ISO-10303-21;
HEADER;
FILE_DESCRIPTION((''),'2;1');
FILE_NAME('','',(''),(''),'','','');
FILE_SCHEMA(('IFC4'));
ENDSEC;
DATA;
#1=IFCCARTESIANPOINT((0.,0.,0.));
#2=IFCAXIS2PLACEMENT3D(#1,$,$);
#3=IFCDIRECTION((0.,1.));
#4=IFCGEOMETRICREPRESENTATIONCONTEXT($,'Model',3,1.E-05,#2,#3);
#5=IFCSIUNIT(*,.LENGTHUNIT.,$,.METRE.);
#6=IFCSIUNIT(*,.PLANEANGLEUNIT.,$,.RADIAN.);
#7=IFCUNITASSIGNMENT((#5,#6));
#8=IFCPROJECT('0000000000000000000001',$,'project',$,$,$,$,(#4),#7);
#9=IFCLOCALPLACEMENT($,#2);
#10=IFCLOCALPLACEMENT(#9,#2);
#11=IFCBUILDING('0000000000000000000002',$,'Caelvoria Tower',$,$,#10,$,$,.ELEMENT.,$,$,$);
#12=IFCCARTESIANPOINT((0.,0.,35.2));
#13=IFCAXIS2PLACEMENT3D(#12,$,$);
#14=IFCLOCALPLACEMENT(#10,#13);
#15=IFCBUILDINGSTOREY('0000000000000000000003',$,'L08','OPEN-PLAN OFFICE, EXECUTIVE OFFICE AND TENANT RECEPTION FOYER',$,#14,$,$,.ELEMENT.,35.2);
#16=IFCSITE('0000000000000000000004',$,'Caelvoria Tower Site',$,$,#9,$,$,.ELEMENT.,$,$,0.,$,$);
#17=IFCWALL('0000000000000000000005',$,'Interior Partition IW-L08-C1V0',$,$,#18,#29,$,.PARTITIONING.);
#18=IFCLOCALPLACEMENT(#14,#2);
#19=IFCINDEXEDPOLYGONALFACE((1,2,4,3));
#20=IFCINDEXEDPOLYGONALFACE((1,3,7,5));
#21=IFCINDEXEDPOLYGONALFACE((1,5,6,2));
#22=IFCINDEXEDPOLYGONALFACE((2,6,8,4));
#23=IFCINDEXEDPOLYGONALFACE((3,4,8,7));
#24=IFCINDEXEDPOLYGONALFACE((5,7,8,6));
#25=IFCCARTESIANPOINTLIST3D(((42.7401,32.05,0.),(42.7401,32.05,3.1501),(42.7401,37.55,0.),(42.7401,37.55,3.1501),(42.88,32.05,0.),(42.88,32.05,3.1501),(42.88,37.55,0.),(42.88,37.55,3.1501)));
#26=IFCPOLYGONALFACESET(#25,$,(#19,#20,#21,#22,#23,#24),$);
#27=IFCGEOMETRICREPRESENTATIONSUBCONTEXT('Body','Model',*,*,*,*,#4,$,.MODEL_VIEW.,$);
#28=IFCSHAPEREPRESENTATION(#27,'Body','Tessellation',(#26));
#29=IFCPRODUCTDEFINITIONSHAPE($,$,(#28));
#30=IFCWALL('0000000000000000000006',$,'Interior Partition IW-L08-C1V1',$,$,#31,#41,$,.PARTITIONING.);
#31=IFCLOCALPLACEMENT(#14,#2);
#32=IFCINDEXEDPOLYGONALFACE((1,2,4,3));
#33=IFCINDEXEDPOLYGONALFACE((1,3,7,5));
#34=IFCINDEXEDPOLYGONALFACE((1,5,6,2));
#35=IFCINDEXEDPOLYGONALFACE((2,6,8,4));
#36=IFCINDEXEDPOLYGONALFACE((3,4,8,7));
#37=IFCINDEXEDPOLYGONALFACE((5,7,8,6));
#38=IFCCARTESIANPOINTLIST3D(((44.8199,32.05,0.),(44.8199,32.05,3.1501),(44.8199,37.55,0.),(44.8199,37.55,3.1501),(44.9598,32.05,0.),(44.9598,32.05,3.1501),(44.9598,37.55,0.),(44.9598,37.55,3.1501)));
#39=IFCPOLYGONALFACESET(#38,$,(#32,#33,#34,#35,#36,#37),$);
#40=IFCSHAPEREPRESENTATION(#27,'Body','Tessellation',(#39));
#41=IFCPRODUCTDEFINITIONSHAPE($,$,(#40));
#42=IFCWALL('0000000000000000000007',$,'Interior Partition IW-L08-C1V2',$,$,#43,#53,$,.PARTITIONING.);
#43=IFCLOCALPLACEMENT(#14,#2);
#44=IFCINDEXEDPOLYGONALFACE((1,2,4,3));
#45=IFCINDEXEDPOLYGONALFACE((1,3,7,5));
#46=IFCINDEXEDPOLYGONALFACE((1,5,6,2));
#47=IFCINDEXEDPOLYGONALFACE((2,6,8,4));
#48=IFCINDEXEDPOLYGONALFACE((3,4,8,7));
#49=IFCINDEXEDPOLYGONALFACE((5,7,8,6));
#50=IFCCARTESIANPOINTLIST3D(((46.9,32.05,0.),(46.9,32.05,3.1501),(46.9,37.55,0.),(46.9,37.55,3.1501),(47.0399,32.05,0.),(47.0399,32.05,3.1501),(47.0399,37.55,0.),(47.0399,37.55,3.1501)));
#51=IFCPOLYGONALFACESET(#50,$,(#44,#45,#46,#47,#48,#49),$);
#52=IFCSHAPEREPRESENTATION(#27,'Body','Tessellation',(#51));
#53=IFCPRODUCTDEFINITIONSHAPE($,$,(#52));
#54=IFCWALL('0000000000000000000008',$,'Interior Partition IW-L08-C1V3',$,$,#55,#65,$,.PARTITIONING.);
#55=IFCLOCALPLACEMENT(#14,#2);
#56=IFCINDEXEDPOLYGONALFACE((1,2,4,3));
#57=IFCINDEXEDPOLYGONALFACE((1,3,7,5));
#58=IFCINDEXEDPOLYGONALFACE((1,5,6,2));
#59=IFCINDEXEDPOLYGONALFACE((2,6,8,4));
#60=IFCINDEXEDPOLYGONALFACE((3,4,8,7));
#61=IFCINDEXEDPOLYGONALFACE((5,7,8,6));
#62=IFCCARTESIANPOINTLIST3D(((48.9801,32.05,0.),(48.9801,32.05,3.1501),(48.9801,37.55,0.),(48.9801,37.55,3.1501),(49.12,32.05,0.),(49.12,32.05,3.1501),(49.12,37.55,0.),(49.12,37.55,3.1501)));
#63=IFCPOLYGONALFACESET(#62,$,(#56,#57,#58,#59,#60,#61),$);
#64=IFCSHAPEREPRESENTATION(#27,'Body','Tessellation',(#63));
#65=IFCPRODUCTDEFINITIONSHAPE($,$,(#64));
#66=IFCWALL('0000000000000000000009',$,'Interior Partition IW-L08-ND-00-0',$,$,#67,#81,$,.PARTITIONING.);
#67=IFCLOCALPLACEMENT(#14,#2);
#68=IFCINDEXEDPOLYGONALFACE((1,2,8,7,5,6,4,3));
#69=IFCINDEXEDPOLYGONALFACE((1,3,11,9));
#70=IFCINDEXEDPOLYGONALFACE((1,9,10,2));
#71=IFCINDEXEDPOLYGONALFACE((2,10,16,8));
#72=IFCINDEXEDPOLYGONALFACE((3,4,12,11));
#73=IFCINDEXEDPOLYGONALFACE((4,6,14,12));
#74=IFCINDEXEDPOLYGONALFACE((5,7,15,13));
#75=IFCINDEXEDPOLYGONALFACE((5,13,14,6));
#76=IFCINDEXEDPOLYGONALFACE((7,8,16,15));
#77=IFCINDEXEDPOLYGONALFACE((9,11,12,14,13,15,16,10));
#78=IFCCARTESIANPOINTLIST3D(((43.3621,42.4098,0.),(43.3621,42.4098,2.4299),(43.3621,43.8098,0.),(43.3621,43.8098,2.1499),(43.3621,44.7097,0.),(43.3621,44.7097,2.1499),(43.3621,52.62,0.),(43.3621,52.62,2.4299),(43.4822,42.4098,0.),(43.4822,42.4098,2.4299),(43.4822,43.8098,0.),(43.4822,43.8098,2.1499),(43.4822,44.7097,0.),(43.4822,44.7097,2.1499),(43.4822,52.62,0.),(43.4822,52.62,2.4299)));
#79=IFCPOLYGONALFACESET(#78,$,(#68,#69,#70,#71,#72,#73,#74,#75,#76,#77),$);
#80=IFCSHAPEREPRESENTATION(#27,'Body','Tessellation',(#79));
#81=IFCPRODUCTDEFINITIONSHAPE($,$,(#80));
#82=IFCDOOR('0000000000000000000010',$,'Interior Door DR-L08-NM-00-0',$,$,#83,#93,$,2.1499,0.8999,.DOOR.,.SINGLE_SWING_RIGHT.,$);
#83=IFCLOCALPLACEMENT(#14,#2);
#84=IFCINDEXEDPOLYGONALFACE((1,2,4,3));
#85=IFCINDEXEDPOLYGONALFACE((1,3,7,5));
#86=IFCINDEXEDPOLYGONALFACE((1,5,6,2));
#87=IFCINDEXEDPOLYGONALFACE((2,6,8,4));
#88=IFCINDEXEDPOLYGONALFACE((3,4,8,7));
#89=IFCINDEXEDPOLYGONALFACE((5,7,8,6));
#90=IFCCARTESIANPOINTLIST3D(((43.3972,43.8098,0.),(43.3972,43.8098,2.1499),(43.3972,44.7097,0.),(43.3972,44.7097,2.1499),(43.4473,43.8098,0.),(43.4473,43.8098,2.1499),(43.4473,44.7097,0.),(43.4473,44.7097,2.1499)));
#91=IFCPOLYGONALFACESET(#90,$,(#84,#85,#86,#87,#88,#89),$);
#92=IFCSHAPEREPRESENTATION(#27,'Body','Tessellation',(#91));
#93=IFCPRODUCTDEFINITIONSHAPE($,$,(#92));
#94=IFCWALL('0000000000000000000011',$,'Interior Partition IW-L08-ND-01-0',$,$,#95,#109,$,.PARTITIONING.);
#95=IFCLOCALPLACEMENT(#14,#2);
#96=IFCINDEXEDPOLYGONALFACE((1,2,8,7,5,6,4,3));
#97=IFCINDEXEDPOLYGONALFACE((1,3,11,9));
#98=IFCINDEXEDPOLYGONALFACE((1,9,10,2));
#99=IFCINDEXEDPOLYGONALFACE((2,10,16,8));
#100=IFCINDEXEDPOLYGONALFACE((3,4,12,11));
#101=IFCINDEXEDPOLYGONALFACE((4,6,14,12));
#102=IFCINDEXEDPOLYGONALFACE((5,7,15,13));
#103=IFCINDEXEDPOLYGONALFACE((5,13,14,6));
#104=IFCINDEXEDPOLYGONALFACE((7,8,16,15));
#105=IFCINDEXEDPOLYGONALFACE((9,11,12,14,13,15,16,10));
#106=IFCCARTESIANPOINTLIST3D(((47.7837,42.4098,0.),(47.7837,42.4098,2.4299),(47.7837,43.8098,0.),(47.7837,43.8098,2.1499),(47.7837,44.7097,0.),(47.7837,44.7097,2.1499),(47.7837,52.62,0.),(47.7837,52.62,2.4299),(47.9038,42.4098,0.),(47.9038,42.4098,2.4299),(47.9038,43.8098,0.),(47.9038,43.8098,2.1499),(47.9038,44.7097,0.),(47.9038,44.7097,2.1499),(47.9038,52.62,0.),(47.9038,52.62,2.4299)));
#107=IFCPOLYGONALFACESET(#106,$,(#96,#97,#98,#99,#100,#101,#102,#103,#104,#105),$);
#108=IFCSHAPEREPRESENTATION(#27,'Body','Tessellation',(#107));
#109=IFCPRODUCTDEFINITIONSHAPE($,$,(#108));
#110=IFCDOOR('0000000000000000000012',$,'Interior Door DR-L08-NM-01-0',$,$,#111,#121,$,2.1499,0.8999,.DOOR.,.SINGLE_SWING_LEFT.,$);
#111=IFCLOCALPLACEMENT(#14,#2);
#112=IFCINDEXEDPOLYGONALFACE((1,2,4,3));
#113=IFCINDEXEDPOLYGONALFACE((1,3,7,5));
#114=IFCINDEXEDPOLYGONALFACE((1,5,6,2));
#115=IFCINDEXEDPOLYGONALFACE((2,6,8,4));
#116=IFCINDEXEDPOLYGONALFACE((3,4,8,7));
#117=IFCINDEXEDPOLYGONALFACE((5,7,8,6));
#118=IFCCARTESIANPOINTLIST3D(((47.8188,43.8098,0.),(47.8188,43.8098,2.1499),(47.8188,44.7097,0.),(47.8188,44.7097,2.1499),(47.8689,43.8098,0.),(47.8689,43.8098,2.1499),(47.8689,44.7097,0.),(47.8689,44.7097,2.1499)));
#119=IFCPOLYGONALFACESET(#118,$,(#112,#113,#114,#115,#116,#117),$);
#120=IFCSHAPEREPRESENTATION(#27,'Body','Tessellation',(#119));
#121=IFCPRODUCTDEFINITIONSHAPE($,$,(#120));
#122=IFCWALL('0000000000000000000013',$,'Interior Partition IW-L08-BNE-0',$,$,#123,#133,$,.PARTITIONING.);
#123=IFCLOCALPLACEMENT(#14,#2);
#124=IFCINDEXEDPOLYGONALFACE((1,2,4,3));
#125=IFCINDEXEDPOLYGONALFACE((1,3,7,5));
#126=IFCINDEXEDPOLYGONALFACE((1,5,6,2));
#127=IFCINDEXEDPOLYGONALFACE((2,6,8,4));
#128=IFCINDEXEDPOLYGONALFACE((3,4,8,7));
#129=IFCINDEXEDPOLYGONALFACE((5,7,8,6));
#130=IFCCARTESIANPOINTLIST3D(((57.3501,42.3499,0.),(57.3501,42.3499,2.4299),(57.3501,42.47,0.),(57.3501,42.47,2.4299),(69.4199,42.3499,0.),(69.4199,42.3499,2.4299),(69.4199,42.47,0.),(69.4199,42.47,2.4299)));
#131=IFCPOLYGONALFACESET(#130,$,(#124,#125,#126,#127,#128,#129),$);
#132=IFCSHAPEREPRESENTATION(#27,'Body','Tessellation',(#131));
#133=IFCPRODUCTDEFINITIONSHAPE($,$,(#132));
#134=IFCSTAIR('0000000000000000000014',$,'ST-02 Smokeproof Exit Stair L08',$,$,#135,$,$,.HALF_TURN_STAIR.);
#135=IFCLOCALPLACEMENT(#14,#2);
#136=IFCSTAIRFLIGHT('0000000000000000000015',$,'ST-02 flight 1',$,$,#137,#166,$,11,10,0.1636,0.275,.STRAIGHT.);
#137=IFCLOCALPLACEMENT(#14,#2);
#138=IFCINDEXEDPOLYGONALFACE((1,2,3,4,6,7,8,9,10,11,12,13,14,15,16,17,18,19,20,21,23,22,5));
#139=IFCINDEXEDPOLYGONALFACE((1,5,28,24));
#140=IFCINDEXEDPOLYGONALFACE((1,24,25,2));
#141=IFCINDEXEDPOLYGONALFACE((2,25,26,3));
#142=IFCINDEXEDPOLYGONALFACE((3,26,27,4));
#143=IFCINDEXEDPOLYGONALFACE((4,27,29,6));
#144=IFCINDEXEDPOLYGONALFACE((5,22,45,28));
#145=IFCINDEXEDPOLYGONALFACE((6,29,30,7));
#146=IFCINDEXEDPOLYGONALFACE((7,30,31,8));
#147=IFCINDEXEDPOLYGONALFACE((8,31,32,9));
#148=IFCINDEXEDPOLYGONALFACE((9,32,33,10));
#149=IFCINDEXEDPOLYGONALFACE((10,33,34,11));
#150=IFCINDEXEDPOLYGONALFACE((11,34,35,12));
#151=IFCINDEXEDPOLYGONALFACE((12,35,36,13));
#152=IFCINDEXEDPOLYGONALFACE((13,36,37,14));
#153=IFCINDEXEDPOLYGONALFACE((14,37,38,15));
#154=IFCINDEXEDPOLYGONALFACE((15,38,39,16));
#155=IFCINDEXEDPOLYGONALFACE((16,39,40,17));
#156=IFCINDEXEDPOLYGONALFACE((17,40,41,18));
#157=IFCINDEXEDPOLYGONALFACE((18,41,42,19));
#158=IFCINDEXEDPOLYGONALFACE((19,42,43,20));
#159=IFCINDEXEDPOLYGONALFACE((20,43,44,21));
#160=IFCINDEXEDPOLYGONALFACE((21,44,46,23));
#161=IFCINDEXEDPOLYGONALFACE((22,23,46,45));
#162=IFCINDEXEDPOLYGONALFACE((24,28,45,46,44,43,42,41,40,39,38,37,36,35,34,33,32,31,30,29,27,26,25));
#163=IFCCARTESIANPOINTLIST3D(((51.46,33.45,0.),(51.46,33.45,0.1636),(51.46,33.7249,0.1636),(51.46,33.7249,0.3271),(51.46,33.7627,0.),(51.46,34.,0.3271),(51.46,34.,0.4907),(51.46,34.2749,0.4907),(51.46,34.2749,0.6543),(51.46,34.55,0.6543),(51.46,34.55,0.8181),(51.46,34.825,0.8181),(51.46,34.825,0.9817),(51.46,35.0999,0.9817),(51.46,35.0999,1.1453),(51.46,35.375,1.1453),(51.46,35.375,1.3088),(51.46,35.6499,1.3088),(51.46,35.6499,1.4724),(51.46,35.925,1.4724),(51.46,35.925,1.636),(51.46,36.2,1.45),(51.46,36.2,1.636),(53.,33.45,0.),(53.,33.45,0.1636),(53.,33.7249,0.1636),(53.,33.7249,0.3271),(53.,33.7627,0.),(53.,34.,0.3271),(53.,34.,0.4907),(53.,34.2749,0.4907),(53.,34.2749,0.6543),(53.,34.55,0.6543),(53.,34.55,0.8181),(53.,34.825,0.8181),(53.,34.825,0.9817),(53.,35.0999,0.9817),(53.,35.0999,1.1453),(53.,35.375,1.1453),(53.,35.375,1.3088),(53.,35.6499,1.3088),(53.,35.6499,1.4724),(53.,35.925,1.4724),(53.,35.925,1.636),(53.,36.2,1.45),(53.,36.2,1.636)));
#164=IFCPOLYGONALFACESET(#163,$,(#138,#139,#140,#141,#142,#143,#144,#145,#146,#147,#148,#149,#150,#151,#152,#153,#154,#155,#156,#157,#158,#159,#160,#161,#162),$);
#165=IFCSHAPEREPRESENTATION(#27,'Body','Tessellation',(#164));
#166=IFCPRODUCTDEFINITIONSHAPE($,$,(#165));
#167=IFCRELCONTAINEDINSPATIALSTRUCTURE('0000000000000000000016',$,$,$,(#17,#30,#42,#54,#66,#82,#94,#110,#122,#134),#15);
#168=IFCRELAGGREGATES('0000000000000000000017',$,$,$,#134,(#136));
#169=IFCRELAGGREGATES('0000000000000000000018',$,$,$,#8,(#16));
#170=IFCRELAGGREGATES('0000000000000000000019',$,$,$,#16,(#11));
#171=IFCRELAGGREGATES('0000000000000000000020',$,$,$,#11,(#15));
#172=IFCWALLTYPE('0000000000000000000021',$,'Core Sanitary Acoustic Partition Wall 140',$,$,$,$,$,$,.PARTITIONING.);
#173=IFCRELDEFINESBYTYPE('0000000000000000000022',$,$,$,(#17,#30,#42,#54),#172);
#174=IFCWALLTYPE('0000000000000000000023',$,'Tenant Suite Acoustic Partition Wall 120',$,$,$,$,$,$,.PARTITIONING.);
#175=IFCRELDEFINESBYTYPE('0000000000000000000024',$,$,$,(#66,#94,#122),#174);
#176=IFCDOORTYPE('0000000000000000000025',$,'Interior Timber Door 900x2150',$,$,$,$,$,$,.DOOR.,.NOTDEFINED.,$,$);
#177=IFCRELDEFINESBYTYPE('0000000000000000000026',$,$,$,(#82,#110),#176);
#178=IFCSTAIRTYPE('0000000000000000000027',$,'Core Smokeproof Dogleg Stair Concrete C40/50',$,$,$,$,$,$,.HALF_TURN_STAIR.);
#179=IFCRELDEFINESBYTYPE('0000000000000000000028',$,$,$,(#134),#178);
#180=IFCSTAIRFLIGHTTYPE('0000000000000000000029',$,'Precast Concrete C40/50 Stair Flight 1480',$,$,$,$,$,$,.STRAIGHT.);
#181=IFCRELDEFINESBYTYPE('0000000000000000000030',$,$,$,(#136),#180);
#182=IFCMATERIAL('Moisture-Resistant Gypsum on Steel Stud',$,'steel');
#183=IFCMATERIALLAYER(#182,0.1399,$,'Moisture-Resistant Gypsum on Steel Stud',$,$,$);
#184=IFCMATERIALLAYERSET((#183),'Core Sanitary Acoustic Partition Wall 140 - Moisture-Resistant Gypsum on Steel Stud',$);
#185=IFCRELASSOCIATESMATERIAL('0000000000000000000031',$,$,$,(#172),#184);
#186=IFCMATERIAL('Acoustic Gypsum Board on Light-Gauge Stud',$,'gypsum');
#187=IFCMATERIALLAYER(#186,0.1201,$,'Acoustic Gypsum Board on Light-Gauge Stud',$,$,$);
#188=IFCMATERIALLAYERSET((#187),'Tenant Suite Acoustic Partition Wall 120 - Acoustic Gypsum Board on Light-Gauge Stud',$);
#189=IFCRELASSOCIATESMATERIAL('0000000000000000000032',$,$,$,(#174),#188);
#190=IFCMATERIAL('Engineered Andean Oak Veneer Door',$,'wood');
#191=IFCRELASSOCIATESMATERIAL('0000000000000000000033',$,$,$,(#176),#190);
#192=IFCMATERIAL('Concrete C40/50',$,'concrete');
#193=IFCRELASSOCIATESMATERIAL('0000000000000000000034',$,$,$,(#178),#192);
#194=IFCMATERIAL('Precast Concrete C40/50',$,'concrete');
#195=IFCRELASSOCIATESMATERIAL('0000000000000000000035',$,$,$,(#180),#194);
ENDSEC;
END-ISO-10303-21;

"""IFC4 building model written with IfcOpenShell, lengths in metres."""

from ifc_helpers import new_model, si_unit, direction, frame, frame_2d, origin, place, context, subcontext, project, spatial, polyline, rectangle, outline, extrude, material, layer, layer_set, type_object, element, fill, aggregate, save


model = new_model("IFC4")

# Units and contexts
model_context = context("Model", 3, precision=1e-05, world=origin(), true_north=direction((0.0, 1.0)))
body_context = subcontext(model_context, "Body", "Model", "MODEL_VIEW")
ifc_project = project(units=[si_unit("LENGTHUNIT", "METRE"), si_unit("PLANEANGLEUNIT", "RADIAN")], contexts=[model_context])

# Site, building, storey
site_placement = place(None, origin())
site = spatial("IfcSite", under=ifc_project, at=site_placement, Name="Caelvoria Tower Site", CompositionType="ELEMENT", RefElevation=0.0)
building_placement = place(site_placement, origin())
building = spatial("IfcBuilding", under=site, at=building_placement, Name="Caelvoria Tower", CompositionType="ELEMENT")
storey_placement = place(building_placement, frame((0.0, 0.0, 35.2)))
storey = spatial("IfcBuildingStorey", under=building, at=storey_placement, Name="L08", Description="OPEN-PLAN OFFICE, EXECUTIVE OFFICE AND TENANT RECEPTION FOYER", CompositionType="ELEMENT", Elevation=35.2)

# Walls
ifc_material_1 = material(Name="Moisture-Resistant Gypsum on Steel Stud", Category="steel")
ifc_layer_1 = layer(ifc_material_1, 0.1399, Name="Moisture-Resistant Gypsum on Steel Stud")
ifc_layer_set_1 = layer_set([ifc_layer_1], Name="Core Sanitary Acoustic Partition Wall 140 - Moisture-Resistant Gypsum on Steel Stud")
wall_type_1 = type_object("IfcWallType", Name="Core Sanitary Acoustic Partition Wall 140", PredefinedType="PARTITIONING", material=ifc_layer_set_1)
for number, where, z_axis, x_axis, name in (
    (1, (42.8101, 32.05, 0.0), (0.0, 0.0, 1.0), (0.0, 1.0, 0.0), "Interior Partition IW-L08-C1V0"),
    (2, (44.8899, 32.05, 0.0), (0.0, 0.0, 1.0), (0.0, 1.0, 0.0), "Interior Partition IW-L08-C1V1"),
    (3, (46.97, 32.05, 0.0), (0.0, 0.0, 1.0), (0.0, 1.0, 0.0), "Interior Partition IW-L08-C1V2"),
    (4, (49.05, 32.05, 0.0), (0.0, 0.0, 1.0), (0.0, 1.0, 0.0), "Interior Partition IW-L08-C1V3"),
):
    element("IfcWall", number, at=place(storey_placement, frame(where, z_axis=z_axis, x_axis=x_axis)), inside=storey, type_object=wall_type_1, Name=name, PredefinedType="PARTITIONING", context=body_context, shape_type="SweptSolid", body=[
        extrude(rectangle(XDim=5.5, YDim=0.1399, at=frame_2d((2.75, 0.0))), origin(), (0.0, 0.0, 1.0), 3.1501),
    ])

# Walls, openings, doors
ifc_material_2 = material(Name="Acoustic Gypsum Board on Light-Gauge Stud", Category="gypsum")
ifc_layer_2 = layer(ifc_material_2, 0.1201, Name="Acoustic Gypsum Board on Light-Gauge Stud")
ifc_layer_set_2 = layer_set([ifc_layer_2], Name="Tenant Suite Acoustic Partition Wall 120 - Acoustic Gypsum Board on Light-Gauge Stud")
wall_type_2 = type_object("IfcWallType", Name="Tenant Suite Acoustic Partition Wall 120", PredefinedType="PARTITIONING", material=ifc_layer_set_2)
wall_1_placement = place(storey_placement, frame((43.4221, 42.4099, 0.0), z_axis=(0.0, 0.0, 1.0), x_axis=(0.0, 1.0, 0.0)))
wall_1 = element("IfcWall", 5, at=wall_1_placement, inside=storey, type_object=wall_type_2, Name="Interior Partition IW-L08-ND-00-0", PredefinedType="PARTITIONING", context=body_context, shape_type="SweptSolid", body=[
    extrude(rectangle(XDim=10.2102, YDim=0.1201, at=frame_2d((5.105, 0.0))), origin(), (0.0, 0.0, 1.0), 2.4299),
])
opening_1_placement = place(wall_1_placement, frame((1.3999, 0.0, 0.0)))
opening_1 = element("IfcOpeningElement", 6, at=opening_1_placement, cuts=wall_1, PredefinedType="OPENING", context=body_context, shape_type="SweptSolid", body=[
    extrude(rectangle(XDim=0.8999, YDim=2.1499, at=frame_2d((0.45, 1.075))), frame((0.0, 0.0701, 0.0), z_axis=(0.0, -1.0, 0.0), x_axis=(1.0, 0.0, 0.0)), (0.0, 0.0, 1.0), 0.1401),
])
ifc_material_3 = material(Name="Engineered Andean Oak Veneer Door", Category="wood")
door_type = type_object("IfcDoorType", Name="Interior Timber Door 900x2150", OperationType="NOTDEFINED", PredefinedType="DOOR", material=ifc_material_3)
door_1_placement = place(opening_1_placement, origin())
door_1 = element("IfcDoor", 7, at=door_1_placement, inside=storey, type_object=door_type, Name="Interior Door DR-L08-NM-00-0", OperationType="SINGLE_SWING_RIGHT", OverallHeight=2.1499, OverallWidth=0.8999, PredefinedType="DOOR", context=body_context, shape_type="SweptSolid", body=[
    extrude(rectangle(XDim=0.8999, YDim=2.1499, at=frame_2d((0.45, 1.075))), frame((0.0, 0.0249, 0.0), z_axis=(0.0, -1.0, 0.0), x_axis=(1.0, 0.0, 0.0)), (0.0, 0.0, 1.0), 0.05),
])
fill(opening_1, door_1)
wall_2_placement = place(storey_placement, frame((47.8438, 42.4099, 0.0), z_axis=(0.0, 0.0, 1.0), x_axis=(0.0, 1.0, 0.0)))
wall_2 = element("IfcWall", 8, at=wall_2_placement, inside=storey, type_object=wall_type_2, Name="Interior Partition IW-L08-ND-01-0", PredefinedType="PARTITIONING", context=body_context, shape_type="SweptSolid", body=[
    extrude(rectangle(XDim=10.2102, YDim=0.1201, at=frame_2d((5.105, 0.0))), origin(), (0.0, 0.0, 1.0), 2.4299),
])
opening_2_placement = place(wall_2_placement, frame((1.3999, 0.0, 0.0)))
opening_2 = element("IfcOpeningElement", 9, at=opening_2_placement, cuts=wall_2, PredefinedType="OPENING", context=body_context, shape_type="SweptSolid", body=[
    extrude(rectangle(XDim=0.8999, YDim=2.1499, at=frame_2d((0.45, 1.075))), frame((0.0, 0.0701, 0.0), z_axis=(0.0, -1.0, 0.0), x_axis=(1.0, 0.0, 0.0)), (0.0, 0.0, 1.0), 0.1401),
])
door_2_placement = place(opening_2_placement, origin())
door_2 = element("IfcDoor", 10, at=door_2_placement, inside=storey, type_object=door_type, Name="Interior Door DR-L08-NM-01-0", OperationType="SINGLE_SWING_LEFT", OverallHeight=2.1499, OverallWidth=0.8999, PredefinedType="DOOR", context=body_context, shape_type="SweptSolid", body=[
    extrude(rectangle(XDim=0.8999, YDim=2.1499, at=frame_2d((0.45, 1.075))), frame((0.0, 0.0249, 0.0), z_axis=(0.0, -1.0, 0.0), x_axis=(1.0, 0.0, 0.0)), (0.0, 0.0, 1.0), 0.05),
])
fill(opening_2, door_2)

# Wall
wall_3_placement = place(storey_placement, frame((57.3501, 42.4099, 0.0), z_axis=(0.0, 0.0, 1.0), x_axis=(1.0, 0.0, 0.0)))
element("IfcWall", 11, at=wall_3_placement, inside=storey, type_object=wall_type_2, Name="Interior Partition IW-L08-BNE-0", PredefinedType="PARTITIONING", context=body_context, shape_type="SweptSolid", body=[
    extrude(rectangle(XDim=12.0698, YDim=0.1201, at=frame_2d((6.0349, 0.0))), origin(), (0.0, 0.0, 1.0), 2.4299),
])

# Stair, stair flight
ifc_material_4 = material(Name="Concrete C40/50", Category="concrete")
stair_type = type_object("IfcStairType", Name="Core Smokeproof Dogleg Stair Concrete C40/50", PredefinedType="HALF_TURN_STAIR", material=ifc_material_4)
stair_placement = place(storey_placement, origin())
stair = element("IfcStair", 12, at=stair_placement, inside=storey, type_object=stair_type, Name="ST-02 Smokeproof Exit Stair L08", PredefinedType="HALF_TURN_STAIR")
ifc_material_5 = material(Name="Precast Concrete C40/50", Category="concrete")
stair_flight_type = type_object("IfcStairFlightType", Name="Precast Concrete C40/50 Stair Flight 1480", PredefinedType="STRAIGHT", material=ifc_material_5)
stair_flight_1_placement = place(storey_placement, frame((52.23, 33.45, 0.0), z_axis=(0.0, 0.0, 1.0), x_axis=(0.0, 1.0, 0.0)))
stair_flight_1 = element("IfcStairFlight", 13, at=stair_flight_1_placement, type_object=stair_flight_type, Name="ST-02 flight 1", NumberOfRisers=11, NumberOfTreads=10, PredefinedType="STRAIGHT", RiserHeight=0.1636, TreadLength=0.275, context=body_context, shape_type="SweptSolid", body=[
    extrude(outline(polyline([(0.0, 0.0), (0.0, 0.1636), (0.2749, 0.1636), (0.2749, 0.3271), (0.55, 0.3271), (0.55, 0.4907), (0.825, 0.4907), (0.825, 0.6543), (1.1001, 0.6543), (1.1001, 0.8181), (1.375, 0.8181), (1.375, 0.9817), (1.6499, 0.9817), (1.6499, 1.1453), (1.925, 1.1453), (1.925, 1.3088), (2.2, 1.3088), (2.2, 1.4724), (2.4751, 1.4724), (2.4751, 1.636), (2.75, 1.636), (2.75, 1.7996), (2.75, 1.45), (0.3127, 0.0), (0.0, 0.0)])), frame((0.0, 0.77, 0.0), z_axis=(0.0, -1.0, 0.0), x_axis=(1.0, 0.0, 0.0)), (0.0, 0.0, 1.0), 1.54),
])
aggregate(stair, [stair_flight_1])

save(model, "model.ifc")
